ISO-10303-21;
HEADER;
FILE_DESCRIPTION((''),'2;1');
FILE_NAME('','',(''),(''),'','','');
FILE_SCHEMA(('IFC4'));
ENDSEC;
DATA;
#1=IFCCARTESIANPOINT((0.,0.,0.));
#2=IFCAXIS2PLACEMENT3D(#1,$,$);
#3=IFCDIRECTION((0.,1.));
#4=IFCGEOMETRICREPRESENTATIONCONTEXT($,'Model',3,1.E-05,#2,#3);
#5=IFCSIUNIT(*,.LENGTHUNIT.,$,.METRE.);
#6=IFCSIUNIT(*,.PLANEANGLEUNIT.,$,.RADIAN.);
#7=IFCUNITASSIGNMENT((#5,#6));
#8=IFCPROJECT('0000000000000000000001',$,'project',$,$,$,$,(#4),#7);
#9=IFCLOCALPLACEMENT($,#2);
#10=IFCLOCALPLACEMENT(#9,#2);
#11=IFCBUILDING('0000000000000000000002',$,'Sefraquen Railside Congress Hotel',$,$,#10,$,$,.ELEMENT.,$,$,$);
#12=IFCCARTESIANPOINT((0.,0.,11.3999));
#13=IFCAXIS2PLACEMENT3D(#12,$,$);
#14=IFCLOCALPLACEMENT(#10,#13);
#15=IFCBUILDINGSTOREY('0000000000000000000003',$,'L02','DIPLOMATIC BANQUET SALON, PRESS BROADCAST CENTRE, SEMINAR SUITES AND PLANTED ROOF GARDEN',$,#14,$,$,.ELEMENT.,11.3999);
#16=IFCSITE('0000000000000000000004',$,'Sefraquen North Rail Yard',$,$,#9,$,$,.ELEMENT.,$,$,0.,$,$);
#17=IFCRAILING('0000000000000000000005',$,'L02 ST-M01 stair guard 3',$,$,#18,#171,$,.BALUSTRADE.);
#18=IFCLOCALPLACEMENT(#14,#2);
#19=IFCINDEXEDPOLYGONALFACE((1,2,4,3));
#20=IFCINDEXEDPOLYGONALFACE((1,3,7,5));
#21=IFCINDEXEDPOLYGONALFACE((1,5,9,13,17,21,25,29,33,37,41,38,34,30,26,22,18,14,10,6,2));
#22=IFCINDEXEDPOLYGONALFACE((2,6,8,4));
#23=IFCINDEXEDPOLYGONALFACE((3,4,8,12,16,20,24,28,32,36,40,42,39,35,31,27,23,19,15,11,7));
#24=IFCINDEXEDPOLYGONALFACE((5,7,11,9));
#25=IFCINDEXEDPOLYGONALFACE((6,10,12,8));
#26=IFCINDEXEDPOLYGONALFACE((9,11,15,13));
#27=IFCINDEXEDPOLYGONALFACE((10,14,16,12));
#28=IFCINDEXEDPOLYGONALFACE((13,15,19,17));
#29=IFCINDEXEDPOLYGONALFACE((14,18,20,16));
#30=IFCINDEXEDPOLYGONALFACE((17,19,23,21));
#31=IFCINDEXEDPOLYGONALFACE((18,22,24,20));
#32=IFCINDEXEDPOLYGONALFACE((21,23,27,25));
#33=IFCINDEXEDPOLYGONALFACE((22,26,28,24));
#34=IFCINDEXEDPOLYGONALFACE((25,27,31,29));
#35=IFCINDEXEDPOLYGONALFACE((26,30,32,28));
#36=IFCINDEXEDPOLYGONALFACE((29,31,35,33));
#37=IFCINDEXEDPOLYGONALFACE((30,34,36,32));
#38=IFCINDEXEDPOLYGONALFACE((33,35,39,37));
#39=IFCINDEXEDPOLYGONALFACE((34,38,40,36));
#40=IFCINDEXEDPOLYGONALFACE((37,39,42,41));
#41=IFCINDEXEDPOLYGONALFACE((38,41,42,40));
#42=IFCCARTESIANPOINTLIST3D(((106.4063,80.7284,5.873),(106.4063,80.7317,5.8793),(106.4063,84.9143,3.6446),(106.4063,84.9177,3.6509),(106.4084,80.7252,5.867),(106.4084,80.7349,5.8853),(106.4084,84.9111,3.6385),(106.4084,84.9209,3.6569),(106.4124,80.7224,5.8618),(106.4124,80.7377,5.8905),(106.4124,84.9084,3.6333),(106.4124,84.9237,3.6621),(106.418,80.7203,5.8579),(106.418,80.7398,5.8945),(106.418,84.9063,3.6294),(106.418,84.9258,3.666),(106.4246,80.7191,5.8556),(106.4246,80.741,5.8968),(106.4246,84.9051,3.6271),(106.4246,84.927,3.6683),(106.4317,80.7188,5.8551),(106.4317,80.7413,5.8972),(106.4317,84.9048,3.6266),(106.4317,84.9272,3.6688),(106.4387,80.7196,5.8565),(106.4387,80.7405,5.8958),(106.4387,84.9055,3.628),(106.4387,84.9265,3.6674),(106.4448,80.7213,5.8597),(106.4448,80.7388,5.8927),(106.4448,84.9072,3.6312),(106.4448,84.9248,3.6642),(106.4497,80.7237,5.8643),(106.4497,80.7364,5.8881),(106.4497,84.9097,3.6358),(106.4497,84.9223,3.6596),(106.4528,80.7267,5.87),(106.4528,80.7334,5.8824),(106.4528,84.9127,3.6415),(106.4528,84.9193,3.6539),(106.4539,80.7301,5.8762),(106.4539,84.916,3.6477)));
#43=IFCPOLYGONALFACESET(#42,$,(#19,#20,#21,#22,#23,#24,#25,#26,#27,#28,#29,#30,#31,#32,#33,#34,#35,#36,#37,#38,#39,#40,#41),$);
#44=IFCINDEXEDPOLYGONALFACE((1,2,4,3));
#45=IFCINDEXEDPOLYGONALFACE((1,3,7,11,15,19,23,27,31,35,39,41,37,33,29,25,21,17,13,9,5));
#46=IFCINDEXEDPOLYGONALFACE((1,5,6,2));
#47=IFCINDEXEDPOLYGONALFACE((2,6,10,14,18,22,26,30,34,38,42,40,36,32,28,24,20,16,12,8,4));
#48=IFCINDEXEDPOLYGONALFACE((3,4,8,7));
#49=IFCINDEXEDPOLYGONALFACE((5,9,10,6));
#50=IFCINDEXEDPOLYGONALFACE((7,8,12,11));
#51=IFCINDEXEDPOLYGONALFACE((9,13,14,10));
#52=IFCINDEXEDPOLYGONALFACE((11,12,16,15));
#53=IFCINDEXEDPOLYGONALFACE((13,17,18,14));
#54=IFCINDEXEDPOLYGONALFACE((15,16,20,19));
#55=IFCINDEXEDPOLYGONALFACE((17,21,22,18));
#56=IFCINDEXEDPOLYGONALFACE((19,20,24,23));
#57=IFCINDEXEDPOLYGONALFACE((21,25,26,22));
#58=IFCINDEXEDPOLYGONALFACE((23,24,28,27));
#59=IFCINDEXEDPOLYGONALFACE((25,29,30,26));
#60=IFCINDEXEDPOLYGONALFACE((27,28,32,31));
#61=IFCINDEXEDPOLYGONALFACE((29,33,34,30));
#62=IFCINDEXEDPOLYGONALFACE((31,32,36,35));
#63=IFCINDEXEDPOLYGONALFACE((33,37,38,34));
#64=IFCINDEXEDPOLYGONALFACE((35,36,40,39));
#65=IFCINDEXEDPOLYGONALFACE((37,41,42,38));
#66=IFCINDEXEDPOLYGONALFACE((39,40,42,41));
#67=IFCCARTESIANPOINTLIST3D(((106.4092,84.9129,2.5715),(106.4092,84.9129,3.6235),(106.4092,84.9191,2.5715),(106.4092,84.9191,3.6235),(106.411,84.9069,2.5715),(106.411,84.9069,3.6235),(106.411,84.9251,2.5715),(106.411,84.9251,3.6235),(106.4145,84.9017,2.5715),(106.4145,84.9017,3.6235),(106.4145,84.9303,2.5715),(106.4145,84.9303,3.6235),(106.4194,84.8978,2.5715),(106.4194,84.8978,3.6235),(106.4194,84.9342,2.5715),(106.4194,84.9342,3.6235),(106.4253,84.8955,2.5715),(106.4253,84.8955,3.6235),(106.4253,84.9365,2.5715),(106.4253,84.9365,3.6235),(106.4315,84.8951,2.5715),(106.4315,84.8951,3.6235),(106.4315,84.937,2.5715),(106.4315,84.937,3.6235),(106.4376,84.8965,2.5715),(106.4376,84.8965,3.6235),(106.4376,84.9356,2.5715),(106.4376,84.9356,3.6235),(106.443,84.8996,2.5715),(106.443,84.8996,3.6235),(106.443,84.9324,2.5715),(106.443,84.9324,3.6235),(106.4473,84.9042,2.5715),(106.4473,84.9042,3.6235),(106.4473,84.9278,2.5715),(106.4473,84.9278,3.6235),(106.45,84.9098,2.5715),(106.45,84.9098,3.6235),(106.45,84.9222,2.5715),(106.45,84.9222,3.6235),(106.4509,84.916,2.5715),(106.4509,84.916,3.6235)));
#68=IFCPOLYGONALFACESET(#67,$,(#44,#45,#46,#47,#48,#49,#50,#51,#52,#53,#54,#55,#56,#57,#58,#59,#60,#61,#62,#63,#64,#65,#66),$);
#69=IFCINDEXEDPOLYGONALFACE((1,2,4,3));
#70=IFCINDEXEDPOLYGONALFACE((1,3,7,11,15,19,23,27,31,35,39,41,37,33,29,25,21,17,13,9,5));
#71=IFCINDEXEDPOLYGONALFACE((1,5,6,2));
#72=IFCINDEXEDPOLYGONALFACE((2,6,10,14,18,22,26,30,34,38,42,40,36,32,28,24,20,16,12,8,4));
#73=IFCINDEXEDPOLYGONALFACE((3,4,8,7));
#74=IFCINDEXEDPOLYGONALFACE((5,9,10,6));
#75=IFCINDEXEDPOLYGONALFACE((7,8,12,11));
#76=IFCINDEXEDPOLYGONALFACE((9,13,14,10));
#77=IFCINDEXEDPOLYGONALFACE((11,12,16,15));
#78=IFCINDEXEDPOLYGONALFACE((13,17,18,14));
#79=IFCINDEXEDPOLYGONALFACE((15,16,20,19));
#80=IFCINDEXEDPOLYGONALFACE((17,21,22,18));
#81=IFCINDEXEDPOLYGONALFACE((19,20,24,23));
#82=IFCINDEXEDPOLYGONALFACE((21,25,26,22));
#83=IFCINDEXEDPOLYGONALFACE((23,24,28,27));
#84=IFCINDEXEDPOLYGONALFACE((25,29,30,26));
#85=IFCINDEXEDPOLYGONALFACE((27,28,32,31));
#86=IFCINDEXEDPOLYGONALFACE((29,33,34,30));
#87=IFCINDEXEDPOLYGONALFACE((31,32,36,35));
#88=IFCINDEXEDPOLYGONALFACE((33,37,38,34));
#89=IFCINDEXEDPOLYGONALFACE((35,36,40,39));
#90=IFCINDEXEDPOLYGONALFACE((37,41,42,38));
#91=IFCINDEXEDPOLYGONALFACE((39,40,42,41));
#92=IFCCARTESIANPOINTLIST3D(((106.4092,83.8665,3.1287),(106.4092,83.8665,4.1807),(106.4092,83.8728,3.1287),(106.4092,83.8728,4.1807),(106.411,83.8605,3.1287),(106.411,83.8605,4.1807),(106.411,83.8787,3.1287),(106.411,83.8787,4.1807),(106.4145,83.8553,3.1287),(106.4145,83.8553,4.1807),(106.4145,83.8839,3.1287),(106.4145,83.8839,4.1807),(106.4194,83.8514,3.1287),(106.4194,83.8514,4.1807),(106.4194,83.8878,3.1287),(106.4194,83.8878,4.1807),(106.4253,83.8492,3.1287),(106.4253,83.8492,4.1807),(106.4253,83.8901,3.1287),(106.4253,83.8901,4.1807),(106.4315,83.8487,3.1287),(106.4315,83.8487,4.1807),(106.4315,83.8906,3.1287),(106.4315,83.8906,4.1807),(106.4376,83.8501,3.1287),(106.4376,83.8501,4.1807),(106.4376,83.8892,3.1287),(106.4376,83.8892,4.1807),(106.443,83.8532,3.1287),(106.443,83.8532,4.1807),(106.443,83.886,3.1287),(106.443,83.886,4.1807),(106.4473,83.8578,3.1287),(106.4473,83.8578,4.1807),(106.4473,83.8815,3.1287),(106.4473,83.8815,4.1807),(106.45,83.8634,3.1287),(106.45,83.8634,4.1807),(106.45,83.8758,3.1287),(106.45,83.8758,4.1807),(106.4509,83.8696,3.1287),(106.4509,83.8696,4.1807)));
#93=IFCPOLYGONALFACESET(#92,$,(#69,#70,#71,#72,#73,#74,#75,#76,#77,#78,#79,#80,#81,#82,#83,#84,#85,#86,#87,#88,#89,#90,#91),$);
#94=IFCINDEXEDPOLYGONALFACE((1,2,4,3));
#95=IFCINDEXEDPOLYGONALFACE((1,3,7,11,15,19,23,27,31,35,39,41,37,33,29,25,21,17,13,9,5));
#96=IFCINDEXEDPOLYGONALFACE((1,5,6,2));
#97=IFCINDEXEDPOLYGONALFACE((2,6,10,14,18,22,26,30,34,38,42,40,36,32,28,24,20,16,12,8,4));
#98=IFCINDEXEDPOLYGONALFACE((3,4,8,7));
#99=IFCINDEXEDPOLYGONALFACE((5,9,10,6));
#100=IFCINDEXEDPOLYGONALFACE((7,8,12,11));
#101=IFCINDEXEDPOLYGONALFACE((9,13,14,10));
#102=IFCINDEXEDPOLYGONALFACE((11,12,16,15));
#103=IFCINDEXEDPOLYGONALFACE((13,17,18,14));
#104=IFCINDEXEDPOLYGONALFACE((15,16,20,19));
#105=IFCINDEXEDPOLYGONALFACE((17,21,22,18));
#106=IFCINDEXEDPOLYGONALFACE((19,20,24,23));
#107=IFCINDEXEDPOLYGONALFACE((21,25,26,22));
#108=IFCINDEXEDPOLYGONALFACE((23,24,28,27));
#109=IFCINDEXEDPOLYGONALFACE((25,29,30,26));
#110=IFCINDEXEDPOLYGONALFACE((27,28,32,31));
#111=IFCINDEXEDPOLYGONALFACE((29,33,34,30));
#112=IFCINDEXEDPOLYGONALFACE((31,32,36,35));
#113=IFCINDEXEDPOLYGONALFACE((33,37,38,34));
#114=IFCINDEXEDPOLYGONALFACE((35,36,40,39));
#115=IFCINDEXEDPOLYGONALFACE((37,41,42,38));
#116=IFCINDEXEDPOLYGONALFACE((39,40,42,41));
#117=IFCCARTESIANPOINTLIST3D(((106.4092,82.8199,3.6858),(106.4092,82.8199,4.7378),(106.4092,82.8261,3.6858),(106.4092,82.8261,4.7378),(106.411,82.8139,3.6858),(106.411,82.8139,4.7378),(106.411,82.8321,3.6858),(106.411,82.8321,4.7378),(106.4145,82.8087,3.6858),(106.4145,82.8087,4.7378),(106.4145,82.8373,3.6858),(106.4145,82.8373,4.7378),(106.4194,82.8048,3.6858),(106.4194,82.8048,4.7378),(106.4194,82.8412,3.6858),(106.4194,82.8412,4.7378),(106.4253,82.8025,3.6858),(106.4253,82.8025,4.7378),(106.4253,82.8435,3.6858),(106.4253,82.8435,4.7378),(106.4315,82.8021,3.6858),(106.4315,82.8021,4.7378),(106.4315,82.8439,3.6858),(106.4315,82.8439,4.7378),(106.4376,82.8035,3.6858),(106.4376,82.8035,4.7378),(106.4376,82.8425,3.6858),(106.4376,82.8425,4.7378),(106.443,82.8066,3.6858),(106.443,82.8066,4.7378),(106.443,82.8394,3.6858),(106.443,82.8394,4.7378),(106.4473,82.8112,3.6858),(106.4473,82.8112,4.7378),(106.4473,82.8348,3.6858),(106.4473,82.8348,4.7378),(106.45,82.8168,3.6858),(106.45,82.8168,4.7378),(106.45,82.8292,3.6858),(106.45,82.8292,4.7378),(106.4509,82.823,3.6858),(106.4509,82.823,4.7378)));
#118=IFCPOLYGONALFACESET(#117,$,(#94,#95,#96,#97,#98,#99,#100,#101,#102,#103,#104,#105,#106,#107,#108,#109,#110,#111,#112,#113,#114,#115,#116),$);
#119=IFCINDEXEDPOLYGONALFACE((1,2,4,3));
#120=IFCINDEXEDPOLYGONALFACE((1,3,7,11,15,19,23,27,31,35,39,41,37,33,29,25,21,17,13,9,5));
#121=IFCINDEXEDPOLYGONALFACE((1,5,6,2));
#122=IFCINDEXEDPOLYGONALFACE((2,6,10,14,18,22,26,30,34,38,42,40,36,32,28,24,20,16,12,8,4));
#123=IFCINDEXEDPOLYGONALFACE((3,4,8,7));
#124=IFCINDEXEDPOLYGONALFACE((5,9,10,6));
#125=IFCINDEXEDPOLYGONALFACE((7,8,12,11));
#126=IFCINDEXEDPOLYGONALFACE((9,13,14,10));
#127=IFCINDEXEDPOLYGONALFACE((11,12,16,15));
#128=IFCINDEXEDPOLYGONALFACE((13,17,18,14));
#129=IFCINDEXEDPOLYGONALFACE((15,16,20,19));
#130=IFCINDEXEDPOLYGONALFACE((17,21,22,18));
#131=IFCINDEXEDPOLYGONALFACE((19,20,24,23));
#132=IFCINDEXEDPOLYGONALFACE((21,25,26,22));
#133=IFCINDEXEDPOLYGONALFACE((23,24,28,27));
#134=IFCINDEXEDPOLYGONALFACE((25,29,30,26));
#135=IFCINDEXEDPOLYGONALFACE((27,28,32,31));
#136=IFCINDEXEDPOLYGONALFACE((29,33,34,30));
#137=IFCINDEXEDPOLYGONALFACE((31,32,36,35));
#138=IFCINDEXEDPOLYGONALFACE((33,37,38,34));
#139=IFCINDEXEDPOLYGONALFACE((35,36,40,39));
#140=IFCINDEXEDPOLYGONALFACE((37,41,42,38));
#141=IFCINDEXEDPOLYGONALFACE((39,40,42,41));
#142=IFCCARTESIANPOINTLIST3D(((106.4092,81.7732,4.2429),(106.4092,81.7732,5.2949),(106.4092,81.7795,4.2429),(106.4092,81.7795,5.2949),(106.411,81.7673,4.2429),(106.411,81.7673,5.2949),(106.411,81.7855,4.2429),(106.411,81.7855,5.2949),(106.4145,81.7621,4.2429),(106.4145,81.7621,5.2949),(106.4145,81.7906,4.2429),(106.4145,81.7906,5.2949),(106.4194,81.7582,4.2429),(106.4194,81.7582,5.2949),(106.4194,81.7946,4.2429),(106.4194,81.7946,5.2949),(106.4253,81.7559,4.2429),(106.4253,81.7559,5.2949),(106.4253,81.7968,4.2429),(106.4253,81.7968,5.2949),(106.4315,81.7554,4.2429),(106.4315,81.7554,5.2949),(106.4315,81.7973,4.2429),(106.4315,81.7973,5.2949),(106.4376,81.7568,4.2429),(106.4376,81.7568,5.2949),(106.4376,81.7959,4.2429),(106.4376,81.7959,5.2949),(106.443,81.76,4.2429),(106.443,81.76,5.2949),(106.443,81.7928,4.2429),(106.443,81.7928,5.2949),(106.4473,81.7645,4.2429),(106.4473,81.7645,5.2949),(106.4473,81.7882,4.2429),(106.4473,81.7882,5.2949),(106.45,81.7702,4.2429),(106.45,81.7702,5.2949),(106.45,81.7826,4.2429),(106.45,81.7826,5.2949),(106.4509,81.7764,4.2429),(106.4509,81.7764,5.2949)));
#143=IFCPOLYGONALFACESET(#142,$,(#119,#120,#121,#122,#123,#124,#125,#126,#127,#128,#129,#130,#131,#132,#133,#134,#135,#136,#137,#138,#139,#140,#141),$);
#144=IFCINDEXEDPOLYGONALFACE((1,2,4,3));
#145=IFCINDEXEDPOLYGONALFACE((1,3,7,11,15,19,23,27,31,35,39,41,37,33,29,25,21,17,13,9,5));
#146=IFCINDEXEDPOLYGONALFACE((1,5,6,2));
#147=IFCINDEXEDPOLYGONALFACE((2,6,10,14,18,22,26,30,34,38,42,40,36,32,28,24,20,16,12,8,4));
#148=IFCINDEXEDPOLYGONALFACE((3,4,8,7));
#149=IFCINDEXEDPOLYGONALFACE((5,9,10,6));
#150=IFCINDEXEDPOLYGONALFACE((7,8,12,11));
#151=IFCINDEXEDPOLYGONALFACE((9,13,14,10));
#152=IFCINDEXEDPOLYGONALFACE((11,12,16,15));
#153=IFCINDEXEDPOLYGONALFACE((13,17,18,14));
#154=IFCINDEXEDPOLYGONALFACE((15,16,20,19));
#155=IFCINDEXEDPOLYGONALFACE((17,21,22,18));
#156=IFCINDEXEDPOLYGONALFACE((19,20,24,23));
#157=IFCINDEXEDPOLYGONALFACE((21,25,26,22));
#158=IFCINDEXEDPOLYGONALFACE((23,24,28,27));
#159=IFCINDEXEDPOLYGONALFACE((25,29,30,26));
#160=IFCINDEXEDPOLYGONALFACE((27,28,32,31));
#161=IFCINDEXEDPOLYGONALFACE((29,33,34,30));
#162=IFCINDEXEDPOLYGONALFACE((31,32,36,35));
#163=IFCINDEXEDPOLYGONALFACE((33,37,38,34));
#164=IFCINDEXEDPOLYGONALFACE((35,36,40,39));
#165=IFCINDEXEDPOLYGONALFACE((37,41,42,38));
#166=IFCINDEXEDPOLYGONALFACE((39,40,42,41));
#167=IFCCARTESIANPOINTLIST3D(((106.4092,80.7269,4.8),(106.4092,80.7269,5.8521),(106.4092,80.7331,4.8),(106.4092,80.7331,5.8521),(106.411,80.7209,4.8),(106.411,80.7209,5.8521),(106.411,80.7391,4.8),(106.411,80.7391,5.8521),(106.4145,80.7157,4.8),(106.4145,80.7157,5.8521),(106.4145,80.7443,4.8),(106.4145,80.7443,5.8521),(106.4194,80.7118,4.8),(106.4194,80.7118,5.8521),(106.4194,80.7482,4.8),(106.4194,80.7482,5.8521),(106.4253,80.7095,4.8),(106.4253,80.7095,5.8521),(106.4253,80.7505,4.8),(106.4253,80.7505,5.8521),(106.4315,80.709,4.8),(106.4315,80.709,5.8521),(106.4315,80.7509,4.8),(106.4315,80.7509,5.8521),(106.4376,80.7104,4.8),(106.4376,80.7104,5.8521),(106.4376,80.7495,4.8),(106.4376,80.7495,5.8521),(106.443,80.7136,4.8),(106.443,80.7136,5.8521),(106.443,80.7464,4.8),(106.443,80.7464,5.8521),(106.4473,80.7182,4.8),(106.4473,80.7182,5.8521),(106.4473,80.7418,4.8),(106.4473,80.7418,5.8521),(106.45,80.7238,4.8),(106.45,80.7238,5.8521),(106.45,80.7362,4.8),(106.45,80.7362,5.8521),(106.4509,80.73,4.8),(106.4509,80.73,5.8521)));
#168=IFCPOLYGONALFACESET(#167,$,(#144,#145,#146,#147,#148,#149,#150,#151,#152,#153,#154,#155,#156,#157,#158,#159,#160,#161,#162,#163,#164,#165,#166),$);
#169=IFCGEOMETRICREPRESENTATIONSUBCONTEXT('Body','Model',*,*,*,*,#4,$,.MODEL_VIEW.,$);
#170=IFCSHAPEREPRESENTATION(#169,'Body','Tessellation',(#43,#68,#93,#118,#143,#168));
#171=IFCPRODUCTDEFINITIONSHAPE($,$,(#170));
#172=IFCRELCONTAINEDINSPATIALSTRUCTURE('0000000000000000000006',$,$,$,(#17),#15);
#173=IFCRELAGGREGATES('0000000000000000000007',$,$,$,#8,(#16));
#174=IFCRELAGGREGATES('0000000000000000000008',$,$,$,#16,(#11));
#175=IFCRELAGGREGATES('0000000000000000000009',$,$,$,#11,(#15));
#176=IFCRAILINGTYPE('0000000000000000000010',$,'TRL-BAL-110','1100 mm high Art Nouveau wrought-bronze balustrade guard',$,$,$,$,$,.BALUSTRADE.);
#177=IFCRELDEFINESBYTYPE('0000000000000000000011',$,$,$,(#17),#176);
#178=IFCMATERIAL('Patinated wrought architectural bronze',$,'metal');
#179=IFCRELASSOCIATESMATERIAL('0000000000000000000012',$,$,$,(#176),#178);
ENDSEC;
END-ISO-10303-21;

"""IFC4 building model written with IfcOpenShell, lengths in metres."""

from ifc_helpers import new_model, si_unit, direction, frame, origin, origin_2d, place, context, subcontext, project, spatial, circle, extrude, material, type_object, element, save


model = new_model("IFC4")

# Units and contexts
model_context = context("Model", 3, precision=1e-05, world=origin(), true_north=direction((0.0, 1.0)))
body_context = subcontext(model_context, "Body", "Model", "MODEL_VIEW")
ifc_project = project(units=[si_unit("LENGTHUNIT", "METRE"), si_unit("PLANEANGLEUNIT", "RADIAN")], contexts=[model_context])

# Site, building, storey
site_placement = place(None, origin())
site = spatial("IfcSite", under=ifc_project, at=site_placement, Name="Sefraquen North Rail Yard", CompositionType="ELEMENT", RefElevation=0.0)
building_placement = place(site_placement, origin())
building = spatial("IfcBuilding", under=site, at=building_placement, Name="Sefraquen Railside Congress Hotel", CompositionType="ELEMENT")
storey_placement = place(building_placement, frame((0.0, 0.0, 11.3999)))
storey = spatial("IfcBuildingStorey", under=building, at=storey_placement, Name="L02", Description="DIPLOMATIC BANQUET SALON, PRESS BROADCAST CENTRE, SEMINAR SUITES AND PLANTED ROOF GARDEN", CompositionType="ELEMENT", Elevation=11.3999)

# Railing
ifc_material_1 = material(Name="Patinated wrought architectural bronze", Category="metal")
railing_type = type_object("IfcRailingType", Name="TRL-BAL-110", Description="1100 mm high Art Nouveau wrought-bronze balustrade guard", PredefinedType="BALUSTRADE", material=ifc_material_1)
railing_1_placement = place(storey_placement, frame((106.4299, 84.916, 2.5715)))
element("IfcRailing", 1, at=railing_1_placement, inside=storey, type_object=railing_type, Name="L02 ST-M01 stair guard 3", PredefinedType="BALUSTRADE", context=body_context, shape_type="SweptSolid", body=[
    extrude(circle(Radius=0.0239, at=origin_2d()), frame((0.0, 0.0, 1.0762), z_axis=(0.0, -0.882706, 0.469925), x_axis=(1.0, 0.0, 0.0)), (0.0, 0.0, 1.0), 4.7422),
    extrude(circle(Radius=0.021, at=origin_2d()), origin(), (0.0, 0.0, 1.0), 1.052),
    extrude(circle(Radius=0.021, at=origin_2d()), frame((0.0, -1.0464, 0.5571)), (0.0, 0.0, 1.0), 1.052),
    extrude(circle(Radius=0.021, at=origin_2d()), frame((0.0, -2.093, 1.1143)), (0.0, 0.0, 1.0), 1.052),
    extrude(circle(Radius=0.021, at=origin_2d()), frame((0.0, -3.1396, 1.6714)), (0.0, 0.0, 1.0), 1.052),
    extrude(circle(Radius=0.021, at=origin_2d()), frame((0.0, -4.186, 2.2285)), (0.0, 0.0, 1.0), 1.052),
])

save(model, "model.ifc")
